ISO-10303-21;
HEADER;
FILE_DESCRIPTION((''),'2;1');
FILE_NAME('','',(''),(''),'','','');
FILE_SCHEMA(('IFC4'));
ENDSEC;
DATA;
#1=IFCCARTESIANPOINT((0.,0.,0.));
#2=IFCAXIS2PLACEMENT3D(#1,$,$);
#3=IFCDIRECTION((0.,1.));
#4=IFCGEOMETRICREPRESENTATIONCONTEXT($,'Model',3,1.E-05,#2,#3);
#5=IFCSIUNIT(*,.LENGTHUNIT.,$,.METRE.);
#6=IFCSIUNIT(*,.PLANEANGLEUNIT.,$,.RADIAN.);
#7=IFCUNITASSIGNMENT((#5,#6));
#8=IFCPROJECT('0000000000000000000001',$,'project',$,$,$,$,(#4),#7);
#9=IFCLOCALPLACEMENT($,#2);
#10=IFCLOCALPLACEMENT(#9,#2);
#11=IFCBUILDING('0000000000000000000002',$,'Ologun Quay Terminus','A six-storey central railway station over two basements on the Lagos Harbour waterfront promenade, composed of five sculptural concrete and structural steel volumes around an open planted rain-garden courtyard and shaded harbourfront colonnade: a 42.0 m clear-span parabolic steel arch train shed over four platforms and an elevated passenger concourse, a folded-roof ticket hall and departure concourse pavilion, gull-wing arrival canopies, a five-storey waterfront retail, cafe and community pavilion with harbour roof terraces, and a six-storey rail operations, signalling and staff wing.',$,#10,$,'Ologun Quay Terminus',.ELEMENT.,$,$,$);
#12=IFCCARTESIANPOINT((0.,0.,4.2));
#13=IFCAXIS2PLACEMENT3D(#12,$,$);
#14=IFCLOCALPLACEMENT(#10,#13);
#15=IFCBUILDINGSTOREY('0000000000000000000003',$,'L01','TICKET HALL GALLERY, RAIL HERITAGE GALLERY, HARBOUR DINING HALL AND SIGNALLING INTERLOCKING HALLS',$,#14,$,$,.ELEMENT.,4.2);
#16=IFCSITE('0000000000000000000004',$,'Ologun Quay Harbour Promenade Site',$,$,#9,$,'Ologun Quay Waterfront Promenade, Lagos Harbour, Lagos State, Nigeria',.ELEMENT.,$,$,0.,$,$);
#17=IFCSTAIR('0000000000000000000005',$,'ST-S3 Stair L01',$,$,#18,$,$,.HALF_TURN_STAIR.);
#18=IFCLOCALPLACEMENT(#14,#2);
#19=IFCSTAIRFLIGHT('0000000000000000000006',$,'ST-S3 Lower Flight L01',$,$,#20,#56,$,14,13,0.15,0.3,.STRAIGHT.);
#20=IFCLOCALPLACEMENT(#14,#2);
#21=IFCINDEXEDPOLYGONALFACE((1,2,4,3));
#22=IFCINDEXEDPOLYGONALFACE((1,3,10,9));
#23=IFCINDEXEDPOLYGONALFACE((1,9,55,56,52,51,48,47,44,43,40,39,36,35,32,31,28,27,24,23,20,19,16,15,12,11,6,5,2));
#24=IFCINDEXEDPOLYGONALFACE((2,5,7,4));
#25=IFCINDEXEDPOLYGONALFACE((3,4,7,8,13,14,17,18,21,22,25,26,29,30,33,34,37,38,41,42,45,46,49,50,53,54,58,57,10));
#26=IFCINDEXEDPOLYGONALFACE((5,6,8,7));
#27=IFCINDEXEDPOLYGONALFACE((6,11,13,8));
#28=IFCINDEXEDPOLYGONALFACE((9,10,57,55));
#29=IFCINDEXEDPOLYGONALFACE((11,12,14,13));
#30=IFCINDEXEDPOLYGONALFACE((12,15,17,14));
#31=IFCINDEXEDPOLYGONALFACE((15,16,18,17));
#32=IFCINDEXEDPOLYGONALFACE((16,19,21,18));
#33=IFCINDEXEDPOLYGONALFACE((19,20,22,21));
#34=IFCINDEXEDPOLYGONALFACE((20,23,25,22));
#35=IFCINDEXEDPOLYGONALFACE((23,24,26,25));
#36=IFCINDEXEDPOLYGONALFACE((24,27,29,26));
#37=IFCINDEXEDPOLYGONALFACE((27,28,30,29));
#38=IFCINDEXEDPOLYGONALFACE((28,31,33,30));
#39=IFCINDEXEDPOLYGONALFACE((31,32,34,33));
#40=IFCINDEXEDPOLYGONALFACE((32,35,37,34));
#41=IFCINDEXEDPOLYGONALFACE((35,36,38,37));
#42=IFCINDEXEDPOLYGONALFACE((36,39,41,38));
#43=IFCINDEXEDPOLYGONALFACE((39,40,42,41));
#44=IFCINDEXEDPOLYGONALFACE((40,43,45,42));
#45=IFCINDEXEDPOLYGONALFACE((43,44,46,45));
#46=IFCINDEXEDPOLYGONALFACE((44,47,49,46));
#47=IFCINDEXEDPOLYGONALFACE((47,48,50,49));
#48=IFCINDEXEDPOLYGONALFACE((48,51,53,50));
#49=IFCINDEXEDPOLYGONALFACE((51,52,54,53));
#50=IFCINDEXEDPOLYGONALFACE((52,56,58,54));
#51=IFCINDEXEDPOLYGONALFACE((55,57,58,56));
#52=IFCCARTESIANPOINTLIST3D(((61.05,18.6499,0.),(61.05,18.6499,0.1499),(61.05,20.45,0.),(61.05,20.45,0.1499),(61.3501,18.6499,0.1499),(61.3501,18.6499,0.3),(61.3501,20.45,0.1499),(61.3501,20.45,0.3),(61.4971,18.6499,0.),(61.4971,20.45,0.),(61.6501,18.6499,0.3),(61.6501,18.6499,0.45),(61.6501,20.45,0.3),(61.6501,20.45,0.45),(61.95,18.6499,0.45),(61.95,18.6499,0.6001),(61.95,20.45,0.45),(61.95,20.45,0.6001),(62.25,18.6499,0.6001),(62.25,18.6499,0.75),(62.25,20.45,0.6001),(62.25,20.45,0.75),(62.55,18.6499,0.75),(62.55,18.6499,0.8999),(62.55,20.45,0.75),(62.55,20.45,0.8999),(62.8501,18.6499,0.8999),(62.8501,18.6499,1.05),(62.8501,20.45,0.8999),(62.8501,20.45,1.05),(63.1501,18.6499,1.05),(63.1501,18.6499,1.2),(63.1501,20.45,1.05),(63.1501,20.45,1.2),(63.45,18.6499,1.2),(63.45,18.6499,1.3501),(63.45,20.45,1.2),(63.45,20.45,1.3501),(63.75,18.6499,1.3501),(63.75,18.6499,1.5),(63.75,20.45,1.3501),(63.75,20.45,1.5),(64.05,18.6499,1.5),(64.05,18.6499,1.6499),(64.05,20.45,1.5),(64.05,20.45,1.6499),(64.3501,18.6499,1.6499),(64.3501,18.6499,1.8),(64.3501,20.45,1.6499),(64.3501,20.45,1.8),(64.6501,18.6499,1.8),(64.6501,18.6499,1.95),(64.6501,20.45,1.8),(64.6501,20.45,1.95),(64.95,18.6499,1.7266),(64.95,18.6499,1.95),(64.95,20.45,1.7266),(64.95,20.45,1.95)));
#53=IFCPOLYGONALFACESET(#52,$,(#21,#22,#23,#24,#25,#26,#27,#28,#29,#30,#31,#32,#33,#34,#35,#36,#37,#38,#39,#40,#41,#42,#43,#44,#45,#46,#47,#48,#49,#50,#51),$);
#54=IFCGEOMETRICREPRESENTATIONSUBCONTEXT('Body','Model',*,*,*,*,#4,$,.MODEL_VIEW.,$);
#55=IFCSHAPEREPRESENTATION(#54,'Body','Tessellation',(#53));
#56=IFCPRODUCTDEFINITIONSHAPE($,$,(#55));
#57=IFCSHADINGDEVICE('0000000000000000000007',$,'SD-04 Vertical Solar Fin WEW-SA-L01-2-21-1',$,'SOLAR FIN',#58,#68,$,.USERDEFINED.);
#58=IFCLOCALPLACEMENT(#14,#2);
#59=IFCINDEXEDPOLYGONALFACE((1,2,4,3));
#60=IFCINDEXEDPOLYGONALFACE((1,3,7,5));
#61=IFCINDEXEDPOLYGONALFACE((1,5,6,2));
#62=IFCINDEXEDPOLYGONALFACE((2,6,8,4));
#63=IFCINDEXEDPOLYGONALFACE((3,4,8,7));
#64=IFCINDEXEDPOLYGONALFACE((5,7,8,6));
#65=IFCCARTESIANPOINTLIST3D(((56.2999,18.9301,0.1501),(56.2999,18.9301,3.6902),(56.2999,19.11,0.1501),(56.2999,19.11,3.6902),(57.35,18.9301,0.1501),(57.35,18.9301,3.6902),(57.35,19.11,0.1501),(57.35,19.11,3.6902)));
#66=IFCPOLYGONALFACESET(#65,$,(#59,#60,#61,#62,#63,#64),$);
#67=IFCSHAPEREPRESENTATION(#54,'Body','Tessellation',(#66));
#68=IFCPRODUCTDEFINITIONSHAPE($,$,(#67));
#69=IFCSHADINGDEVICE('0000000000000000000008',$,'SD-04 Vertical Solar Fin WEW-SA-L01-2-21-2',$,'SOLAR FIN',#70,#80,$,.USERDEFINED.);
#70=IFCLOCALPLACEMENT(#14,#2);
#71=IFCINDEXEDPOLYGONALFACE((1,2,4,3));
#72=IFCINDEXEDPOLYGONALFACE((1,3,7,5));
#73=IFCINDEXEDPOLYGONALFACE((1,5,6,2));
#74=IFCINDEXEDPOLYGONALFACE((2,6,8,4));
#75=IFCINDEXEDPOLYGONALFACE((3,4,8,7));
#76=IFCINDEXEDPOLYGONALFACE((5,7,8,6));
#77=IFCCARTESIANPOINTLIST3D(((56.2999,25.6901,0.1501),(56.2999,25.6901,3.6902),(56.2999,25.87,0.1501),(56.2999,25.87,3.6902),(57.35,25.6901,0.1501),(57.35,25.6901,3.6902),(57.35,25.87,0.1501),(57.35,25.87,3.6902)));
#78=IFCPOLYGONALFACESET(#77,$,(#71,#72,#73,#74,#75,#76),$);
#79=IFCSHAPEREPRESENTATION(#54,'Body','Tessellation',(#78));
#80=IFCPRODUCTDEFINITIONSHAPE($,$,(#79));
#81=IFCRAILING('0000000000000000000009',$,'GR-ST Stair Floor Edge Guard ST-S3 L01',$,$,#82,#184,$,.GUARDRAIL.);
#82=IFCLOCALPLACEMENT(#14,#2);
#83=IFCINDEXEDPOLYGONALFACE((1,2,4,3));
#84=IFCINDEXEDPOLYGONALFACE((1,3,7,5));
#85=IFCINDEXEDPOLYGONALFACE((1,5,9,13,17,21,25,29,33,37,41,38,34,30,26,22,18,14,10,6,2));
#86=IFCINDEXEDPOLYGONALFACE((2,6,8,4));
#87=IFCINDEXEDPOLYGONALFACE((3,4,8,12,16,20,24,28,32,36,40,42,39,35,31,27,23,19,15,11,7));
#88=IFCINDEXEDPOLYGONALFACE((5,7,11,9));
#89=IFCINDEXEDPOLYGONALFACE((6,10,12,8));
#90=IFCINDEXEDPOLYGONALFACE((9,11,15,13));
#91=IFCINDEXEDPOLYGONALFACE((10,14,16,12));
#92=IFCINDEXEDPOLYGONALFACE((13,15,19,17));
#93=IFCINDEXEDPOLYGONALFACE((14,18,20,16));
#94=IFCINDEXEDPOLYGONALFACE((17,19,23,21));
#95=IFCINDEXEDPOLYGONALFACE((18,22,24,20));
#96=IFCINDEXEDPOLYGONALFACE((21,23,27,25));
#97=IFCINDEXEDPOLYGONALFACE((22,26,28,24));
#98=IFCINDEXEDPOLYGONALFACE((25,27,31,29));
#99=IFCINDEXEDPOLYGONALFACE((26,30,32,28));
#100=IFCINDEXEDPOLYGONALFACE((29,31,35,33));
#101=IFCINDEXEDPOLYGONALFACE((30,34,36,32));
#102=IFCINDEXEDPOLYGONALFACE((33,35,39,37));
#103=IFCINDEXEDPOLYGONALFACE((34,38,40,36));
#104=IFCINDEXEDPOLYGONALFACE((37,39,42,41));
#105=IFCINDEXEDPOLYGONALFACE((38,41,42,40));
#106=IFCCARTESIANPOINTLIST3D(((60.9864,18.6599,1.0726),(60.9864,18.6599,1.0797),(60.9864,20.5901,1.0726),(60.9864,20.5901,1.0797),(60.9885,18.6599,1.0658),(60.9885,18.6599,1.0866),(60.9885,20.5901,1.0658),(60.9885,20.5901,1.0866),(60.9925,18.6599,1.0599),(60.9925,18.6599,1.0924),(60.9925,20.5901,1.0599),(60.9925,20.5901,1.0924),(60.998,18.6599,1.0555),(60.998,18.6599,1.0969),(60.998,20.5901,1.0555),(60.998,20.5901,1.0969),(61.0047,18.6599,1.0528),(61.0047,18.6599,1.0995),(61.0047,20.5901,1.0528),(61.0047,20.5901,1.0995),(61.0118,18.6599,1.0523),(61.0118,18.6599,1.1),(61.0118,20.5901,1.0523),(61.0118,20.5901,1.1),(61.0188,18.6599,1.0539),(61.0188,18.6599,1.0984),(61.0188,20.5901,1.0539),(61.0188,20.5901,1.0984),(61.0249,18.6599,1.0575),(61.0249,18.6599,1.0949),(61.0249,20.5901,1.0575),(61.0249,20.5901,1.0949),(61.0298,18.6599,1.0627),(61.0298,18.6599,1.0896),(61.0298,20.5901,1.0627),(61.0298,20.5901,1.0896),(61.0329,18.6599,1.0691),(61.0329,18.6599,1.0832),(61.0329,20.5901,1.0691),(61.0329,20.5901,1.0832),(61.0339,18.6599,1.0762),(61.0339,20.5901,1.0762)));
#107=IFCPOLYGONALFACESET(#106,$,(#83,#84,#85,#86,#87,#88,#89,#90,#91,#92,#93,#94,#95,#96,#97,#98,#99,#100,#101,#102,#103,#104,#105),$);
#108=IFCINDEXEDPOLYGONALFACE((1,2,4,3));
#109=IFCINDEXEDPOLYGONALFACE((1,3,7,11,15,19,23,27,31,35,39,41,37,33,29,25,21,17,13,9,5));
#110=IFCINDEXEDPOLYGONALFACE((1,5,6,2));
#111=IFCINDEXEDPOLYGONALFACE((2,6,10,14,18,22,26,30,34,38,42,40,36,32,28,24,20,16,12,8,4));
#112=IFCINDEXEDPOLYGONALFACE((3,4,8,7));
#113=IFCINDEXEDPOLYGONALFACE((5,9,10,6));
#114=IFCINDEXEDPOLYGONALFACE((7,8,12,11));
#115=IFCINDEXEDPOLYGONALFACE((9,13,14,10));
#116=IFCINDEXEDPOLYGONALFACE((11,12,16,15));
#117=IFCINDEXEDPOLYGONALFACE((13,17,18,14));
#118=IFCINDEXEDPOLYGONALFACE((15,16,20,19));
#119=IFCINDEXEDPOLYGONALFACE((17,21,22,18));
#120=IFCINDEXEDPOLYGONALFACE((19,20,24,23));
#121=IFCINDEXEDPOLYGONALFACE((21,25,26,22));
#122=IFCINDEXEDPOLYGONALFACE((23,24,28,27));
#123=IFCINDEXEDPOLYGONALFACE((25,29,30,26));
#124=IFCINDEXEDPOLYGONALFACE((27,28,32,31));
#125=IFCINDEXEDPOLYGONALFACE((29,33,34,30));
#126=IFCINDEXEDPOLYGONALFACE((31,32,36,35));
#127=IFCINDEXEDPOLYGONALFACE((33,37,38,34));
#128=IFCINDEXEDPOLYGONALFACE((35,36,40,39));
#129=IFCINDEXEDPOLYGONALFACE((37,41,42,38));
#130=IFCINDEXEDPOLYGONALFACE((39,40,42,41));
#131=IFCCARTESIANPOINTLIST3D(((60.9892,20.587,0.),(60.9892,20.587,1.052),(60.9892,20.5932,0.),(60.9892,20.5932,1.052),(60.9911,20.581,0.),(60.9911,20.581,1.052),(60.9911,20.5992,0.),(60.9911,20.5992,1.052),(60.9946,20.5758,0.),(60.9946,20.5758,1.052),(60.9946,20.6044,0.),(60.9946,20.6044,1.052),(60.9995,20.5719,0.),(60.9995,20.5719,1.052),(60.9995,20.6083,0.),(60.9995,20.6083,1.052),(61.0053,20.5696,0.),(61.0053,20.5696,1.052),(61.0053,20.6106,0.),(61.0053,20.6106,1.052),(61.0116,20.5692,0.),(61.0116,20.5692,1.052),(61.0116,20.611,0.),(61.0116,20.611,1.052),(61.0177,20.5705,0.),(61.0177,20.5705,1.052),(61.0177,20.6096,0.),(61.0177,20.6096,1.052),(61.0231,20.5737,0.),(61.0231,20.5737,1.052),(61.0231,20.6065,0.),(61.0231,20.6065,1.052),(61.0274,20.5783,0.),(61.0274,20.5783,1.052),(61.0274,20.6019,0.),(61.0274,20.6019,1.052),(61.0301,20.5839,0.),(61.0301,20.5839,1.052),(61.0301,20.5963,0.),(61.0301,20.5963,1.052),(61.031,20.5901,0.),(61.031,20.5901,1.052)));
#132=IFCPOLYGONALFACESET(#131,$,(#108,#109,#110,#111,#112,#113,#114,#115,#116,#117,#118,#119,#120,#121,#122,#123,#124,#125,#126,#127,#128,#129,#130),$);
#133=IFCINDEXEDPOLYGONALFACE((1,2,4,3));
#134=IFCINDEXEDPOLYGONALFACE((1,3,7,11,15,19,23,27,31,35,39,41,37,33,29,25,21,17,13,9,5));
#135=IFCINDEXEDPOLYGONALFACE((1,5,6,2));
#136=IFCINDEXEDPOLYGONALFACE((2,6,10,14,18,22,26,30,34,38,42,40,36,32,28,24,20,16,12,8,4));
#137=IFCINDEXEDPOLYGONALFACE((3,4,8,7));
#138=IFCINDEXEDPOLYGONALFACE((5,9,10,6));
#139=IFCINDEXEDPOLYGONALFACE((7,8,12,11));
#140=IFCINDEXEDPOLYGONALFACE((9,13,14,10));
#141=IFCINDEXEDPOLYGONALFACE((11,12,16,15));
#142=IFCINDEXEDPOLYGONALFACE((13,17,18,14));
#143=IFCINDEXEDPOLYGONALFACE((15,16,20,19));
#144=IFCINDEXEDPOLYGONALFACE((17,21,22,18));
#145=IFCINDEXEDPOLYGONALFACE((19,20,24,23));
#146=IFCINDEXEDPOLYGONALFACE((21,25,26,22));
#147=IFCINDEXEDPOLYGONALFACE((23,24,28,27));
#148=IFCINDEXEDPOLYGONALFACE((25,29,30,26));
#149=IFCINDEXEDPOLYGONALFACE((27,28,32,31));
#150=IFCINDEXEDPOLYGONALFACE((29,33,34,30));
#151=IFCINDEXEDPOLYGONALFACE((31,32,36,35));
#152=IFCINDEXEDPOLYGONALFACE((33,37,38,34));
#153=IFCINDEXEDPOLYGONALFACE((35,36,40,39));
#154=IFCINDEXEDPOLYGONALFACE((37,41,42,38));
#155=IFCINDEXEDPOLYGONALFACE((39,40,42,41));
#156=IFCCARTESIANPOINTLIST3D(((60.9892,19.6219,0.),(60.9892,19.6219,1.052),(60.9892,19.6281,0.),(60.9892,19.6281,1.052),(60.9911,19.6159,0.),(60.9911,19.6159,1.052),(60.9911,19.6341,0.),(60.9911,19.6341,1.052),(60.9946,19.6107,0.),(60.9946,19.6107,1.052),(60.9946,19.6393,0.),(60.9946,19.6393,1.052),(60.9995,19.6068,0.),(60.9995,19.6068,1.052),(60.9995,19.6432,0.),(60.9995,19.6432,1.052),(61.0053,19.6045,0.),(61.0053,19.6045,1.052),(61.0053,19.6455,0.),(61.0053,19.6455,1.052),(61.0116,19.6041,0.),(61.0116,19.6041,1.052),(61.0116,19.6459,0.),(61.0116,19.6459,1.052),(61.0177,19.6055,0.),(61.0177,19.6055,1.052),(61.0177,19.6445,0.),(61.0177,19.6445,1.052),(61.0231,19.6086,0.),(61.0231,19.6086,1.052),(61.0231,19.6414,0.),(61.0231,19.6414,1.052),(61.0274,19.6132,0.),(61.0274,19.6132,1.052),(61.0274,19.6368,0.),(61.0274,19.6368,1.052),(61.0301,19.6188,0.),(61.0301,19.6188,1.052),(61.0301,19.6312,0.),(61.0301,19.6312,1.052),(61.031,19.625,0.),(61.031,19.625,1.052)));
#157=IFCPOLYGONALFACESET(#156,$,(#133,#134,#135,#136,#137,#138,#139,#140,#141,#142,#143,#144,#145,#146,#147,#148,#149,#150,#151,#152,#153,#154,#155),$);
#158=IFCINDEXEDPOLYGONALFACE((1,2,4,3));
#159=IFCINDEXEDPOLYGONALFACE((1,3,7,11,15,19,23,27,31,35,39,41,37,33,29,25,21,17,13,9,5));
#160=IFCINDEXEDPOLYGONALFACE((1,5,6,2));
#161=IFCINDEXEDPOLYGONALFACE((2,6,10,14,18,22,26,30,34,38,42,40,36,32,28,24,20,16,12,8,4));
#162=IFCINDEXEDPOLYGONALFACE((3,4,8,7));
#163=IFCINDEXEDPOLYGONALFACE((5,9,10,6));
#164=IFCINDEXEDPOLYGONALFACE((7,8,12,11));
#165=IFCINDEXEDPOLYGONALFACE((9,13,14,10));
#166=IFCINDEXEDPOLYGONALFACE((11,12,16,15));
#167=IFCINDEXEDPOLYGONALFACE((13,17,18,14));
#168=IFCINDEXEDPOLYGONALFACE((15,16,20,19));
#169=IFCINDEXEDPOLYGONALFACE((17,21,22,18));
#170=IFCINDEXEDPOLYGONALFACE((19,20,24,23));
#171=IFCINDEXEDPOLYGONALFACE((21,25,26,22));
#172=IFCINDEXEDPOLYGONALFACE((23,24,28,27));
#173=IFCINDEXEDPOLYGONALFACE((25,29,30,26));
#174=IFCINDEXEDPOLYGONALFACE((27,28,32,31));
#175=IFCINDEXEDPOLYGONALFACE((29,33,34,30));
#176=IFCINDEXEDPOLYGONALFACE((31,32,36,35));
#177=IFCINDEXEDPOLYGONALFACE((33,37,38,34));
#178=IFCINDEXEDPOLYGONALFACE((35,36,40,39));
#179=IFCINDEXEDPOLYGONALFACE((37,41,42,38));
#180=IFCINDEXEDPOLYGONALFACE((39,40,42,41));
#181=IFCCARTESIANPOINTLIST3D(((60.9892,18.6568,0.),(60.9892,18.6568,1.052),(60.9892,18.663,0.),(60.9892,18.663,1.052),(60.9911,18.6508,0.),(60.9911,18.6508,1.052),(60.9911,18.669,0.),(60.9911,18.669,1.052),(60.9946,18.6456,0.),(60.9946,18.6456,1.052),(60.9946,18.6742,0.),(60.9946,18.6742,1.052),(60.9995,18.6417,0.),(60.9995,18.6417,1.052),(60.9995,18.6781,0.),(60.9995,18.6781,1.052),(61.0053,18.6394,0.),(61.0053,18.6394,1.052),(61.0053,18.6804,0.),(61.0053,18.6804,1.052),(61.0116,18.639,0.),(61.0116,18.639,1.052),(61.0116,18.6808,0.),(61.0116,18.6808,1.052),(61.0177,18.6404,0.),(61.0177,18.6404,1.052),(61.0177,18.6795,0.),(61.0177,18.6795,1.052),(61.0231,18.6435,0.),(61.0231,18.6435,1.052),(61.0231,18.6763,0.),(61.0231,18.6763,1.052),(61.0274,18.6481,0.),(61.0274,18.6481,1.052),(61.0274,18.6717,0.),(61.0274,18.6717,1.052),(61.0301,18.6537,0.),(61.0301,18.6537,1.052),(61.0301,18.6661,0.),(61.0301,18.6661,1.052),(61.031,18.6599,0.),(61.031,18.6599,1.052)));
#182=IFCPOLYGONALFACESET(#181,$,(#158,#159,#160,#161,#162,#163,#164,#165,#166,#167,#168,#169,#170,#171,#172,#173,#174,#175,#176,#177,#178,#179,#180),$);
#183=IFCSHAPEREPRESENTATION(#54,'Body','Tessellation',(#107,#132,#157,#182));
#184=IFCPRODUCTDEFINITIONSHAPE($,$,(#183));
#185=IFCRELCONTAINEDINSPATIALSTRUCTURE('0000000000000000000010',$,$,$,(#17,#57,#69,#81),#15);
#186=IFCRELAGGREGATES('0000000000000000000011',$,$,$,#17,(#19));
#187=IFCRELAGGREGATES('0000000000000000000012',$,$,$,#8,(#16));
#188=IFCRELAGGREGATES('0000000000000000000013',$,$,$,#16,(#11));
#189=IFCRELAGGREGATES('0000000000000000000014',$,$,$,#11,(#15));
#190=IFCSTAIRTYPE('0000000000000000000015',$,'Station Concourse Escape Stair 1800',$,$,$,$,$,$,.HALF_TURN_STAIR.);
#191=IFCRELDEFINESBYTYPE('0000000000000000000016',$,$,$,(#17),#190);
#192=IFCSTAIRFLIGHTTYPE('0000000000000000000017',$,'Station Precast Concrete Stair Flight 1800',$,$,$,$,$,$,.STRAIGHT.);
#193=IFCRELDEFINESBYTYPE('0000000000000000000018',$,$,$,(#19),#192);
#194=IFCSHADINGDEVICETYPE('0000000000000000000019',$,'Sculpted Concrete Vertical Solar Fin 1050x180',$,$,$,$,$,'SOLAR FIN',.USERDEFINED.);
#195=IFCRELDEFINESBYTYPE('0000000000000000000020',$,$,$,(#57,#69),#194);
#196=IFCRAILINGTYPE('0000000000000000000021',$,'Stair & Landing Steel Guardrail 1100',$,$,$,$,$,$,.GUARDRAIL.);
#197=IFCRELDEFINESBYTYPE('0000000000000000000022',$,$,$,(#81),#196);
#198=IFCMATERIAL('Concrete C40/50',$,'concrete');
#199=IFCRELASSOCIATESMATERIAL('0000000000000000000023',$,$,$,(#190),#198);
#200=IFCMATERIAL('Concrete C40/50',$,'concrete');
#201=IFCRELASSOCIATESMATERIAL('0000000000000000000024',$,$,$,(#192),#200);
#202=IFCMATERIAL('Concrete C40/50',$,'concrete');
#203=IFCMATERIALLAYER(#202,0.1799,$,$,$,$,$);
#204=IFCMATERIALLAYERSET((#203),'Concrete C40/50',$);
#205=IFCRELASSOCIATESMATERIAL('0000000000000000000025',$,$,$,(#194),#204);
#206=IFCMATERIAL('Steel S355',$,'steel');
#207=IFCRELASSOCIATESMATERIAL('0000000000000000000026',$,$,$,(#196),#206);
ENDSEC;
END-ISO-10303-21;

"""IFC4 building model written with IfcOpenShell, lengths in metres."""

from ifc_helpers import new_model, si_unit, direction, frame, origin, origin_2d, place, context, subcontext, project, spatial, polyline, rectangle, circle, outline, extrude, material, layer, layer_set, type_object, element, aggregate, save


model = new_model("IFC4")

# Units and contexts
model_context = context("Model", 3, precision=1e-05, world=origin(), true_north=direction((0.0, 1.0)))
body_context = subcontext(model_context, "Body", "Model", "MODEL_VIEW")
ifc_project = project(units=[si_unit("LENGTHUNIT", "METRE"), si_unit("PLANEANGLEUNIT", "RADIAN")], contexts=[model_context])

# Site, building, storey
site_placement = place(None, origin())
site = spatial("IfcSite", under=ifc_project, at=site_placement, Name="Ologun Quay Harbour Promenade Site", LongName="Ologun Quay Waterfront Promenade, Lagos Harbour, Lagos State, Nigeria", CompositionType="ELEMENT", RefElevation=0.0)
building_placement = place(site_placement, origin())
building = spatial("IfcBuilding", under=site, at=building_placement, Name="Ologun Quay Terminus", Description="A six-storey central railway station over two basements on the Lagos Harbour waterfront promenade, composed of five sculptural concrete and structural steel volumes around an open planted rain-garden courtyard and shaded harbourfront colonnade: a 42.0 m clear-span parabolic steel arch train shed over four platforms and an elevated passenger concourse, a folded-roof ticket hall and departure concourse pavilion, gull-wing arrival canopies, a five-storey waterfront retail, cafe and community pavilion with harbour roof terraces, and a six-storey rail operations, signalling and staff wing.", LongName="Ologun Quay Terminus", CompositionType="ELEMENT")
storey_placement = place(building_placement, frame((0.0, 0.0, 4.2)))
storey = spatial("IfcBuildingStorey", under=building, at=storey_placement, Name="L01", Description="TICKET HALL GALLERY, RAIL HERITAGE GALLERY, HARBOUR DINING HALL AND SIGNALLING INTERLOCKING HALLS", CompositionType="ELEMENT", Elevation=4.2)

# Stair, stair flight
ifc_material_1 = material(Name="Concrete C40/50", Category="concrete")
stair_type = type_object("IfcStairType", Name="Station Concourse Escape Stair 1800", PredefinedType="HALF_TURN_STAIR", material=ifc_material_1)
stair_placement = place(storey_placement, origin())
stair = element("IfcStair", 1, at=stair_placement, inside=storey, type_object=stair_type, Name="ST-S3 Stair L01", PredefinedType="HALF_TURN_STAIR")
ifc_material_2 = material(Name="Concrete C40/50", Category="concrete")
stair_flight_type = type_object("IfcStairFlightType", Name="Station Precast Concrete Stair Flight 1800", PredefinedType="STRAIGHT", material=ifc_material_2)
stair_flight_placement = place(storey_placement, frame((61.05, 19.55, 0.0), z_axis=(0.0, 0.0, 1.0), x_axis=(1.0, 0.0, 0.0)))
stair_flight = element("IfcStairFlight", 2, at=stair_flight_placement, type_object=stair_flight_type, Name="ST-S3 Lower Flight L01", NumberOfRisers=14, NumberOfTreads=13, PredefinedType="STRAIGHT", RiserHeight=0.15, TreadLength=0.3, context=body_context, shape_type="SweptSolid", body=[
    extrude(outline(polyline([(0.0, 0.0), (0.0, 0.1499), (0.3, 0.1499), (0.3, 0.3), (0.6001, 0.3), (0.6001, 0.45), (0.8999, 0.45), (0.8999, 0.6001), (1.2, 0.6001), (1.2, 0.75), (1.5, 0.75), (1.5, 0.8999), (1.8, 0.8999), (1.8, 1.05), (2.1001, 1.05), (2.1001, 1.2), (2.3999, 1.2), (2.3999, 1.3501), (2.7, 1.3501), (2.7, 1.5), (3.0, 1.5), (3.0, 1.6499), (3.3, 1.6499), (3.3, 1.8), (3.6001, 1.8), (3.6001, 1.95), (3.8999, 1.95), (3.8999, 2.1001), (3.8999, 1.7266), (0.447, 0.0), (0.0, 0.0)])), frame((0.0, 0.8999, 0.0), z_axis=(0.0, -1.0, 0.0), x_axis=(1.0, 0.0, 0.0)), (0.0, 0.0, 1.0), 1.8),
])
aggregate(stair, [stair_flight])

# Shading devices
ifc_material_3 = material(Name="Concrete C40/50", Category="concrete")
ifc_layer_1 = layer(ifc_material_3, 0.1799)
ifc_layer_set_1 = layer_set([ifc_layer_1], Name="Concrete C40/50")
shading_device_type = type_object("IfcShadingDeviceType", Name="Sculpted Concrete Vertical Solar Fin 1050x180", ElementType="SOLAR FIN", PredefinedType="USERDEFINED", material=ifc_layer_set_1)
for number, where, z_axis, x_axis, name in (
    (3, (56.825, 19.02, 0.1501), (0.0, 0.0, 1.0), (1.0, 0.0, 0.0), "SD-04 Vertical Solar Fin WEW-SA-L01-2-21-1"),
    (4, (56.825, 25.78, 0.1501), (0.0, 0.0, 1.0), (1.0, 0.0, 0.0), "SD-04 Vertical Solar Fin WEW-SA-L01-2-21-2"),
):
    element("IfcShadingDevice", number, at=place(storey_placement, frame(where, z_axis=z_axis, x_axis=x_axis)), inside=storey, type_object=shading_device_type, Name=name, ObjectType="SOLAR FIN", PredefinedType="USERDEFINED", context=body_context, shape_type="SweptSolid", body=[
        extrude(rectangle(XDim=1.05, YDim=0.1799, at=origin_2d()), origin(), (0.0, 0.0, 1.0), 3.54),
    ])

# Railing
ifc_material_4 = material(Name="Steel S355", Category="steel")
railing_type_1 = type_object("IfcRailingType", Name="Stair & Landing Steel Guardrail 1100", PredefinedType="GUARDRAIL", material=ifc_material_4)
railing_1_placement = place(storey_placement, frame((61.01, 20.5901, 0.0)))
element("IfcRailing", 5, at=railing_1_placement, inside=storey, type_object=railing_type_1, Name="GR-ST Stair Floor Edge Guard ST-S3 L01", PredefinedType="GUARDRAIL", context=body_context, shape_type="SweptSolid", body=[
    extrude(circle(Radius=0.0239, at=origin_2d()), frame((0.0, 0.0, 1.0762), z_axis=(0.0, -1.0, 0.0), x_axis=(1.0, 0.0, 0.0)), (0.0, 0.0, 1.0), 1.9302),
    extrude(circle(Radius=0.021, at=origin_2d()), origin(), (0.0, 0.0, 1.0), 1.052),
    extrude(circle(Radius=0.021, at=origin_2d()), frame((0.0, -0.9651, 0.0)), (0.0, 0.0, 1.0), 1.052),
    extrude(circle(Radius=0.021, at=origin_2d()), frame((0.0, -1.9302, 0.0)), (0.0, 0.0, 1.0), 1.052),
])

save(model, "model.ifc")
